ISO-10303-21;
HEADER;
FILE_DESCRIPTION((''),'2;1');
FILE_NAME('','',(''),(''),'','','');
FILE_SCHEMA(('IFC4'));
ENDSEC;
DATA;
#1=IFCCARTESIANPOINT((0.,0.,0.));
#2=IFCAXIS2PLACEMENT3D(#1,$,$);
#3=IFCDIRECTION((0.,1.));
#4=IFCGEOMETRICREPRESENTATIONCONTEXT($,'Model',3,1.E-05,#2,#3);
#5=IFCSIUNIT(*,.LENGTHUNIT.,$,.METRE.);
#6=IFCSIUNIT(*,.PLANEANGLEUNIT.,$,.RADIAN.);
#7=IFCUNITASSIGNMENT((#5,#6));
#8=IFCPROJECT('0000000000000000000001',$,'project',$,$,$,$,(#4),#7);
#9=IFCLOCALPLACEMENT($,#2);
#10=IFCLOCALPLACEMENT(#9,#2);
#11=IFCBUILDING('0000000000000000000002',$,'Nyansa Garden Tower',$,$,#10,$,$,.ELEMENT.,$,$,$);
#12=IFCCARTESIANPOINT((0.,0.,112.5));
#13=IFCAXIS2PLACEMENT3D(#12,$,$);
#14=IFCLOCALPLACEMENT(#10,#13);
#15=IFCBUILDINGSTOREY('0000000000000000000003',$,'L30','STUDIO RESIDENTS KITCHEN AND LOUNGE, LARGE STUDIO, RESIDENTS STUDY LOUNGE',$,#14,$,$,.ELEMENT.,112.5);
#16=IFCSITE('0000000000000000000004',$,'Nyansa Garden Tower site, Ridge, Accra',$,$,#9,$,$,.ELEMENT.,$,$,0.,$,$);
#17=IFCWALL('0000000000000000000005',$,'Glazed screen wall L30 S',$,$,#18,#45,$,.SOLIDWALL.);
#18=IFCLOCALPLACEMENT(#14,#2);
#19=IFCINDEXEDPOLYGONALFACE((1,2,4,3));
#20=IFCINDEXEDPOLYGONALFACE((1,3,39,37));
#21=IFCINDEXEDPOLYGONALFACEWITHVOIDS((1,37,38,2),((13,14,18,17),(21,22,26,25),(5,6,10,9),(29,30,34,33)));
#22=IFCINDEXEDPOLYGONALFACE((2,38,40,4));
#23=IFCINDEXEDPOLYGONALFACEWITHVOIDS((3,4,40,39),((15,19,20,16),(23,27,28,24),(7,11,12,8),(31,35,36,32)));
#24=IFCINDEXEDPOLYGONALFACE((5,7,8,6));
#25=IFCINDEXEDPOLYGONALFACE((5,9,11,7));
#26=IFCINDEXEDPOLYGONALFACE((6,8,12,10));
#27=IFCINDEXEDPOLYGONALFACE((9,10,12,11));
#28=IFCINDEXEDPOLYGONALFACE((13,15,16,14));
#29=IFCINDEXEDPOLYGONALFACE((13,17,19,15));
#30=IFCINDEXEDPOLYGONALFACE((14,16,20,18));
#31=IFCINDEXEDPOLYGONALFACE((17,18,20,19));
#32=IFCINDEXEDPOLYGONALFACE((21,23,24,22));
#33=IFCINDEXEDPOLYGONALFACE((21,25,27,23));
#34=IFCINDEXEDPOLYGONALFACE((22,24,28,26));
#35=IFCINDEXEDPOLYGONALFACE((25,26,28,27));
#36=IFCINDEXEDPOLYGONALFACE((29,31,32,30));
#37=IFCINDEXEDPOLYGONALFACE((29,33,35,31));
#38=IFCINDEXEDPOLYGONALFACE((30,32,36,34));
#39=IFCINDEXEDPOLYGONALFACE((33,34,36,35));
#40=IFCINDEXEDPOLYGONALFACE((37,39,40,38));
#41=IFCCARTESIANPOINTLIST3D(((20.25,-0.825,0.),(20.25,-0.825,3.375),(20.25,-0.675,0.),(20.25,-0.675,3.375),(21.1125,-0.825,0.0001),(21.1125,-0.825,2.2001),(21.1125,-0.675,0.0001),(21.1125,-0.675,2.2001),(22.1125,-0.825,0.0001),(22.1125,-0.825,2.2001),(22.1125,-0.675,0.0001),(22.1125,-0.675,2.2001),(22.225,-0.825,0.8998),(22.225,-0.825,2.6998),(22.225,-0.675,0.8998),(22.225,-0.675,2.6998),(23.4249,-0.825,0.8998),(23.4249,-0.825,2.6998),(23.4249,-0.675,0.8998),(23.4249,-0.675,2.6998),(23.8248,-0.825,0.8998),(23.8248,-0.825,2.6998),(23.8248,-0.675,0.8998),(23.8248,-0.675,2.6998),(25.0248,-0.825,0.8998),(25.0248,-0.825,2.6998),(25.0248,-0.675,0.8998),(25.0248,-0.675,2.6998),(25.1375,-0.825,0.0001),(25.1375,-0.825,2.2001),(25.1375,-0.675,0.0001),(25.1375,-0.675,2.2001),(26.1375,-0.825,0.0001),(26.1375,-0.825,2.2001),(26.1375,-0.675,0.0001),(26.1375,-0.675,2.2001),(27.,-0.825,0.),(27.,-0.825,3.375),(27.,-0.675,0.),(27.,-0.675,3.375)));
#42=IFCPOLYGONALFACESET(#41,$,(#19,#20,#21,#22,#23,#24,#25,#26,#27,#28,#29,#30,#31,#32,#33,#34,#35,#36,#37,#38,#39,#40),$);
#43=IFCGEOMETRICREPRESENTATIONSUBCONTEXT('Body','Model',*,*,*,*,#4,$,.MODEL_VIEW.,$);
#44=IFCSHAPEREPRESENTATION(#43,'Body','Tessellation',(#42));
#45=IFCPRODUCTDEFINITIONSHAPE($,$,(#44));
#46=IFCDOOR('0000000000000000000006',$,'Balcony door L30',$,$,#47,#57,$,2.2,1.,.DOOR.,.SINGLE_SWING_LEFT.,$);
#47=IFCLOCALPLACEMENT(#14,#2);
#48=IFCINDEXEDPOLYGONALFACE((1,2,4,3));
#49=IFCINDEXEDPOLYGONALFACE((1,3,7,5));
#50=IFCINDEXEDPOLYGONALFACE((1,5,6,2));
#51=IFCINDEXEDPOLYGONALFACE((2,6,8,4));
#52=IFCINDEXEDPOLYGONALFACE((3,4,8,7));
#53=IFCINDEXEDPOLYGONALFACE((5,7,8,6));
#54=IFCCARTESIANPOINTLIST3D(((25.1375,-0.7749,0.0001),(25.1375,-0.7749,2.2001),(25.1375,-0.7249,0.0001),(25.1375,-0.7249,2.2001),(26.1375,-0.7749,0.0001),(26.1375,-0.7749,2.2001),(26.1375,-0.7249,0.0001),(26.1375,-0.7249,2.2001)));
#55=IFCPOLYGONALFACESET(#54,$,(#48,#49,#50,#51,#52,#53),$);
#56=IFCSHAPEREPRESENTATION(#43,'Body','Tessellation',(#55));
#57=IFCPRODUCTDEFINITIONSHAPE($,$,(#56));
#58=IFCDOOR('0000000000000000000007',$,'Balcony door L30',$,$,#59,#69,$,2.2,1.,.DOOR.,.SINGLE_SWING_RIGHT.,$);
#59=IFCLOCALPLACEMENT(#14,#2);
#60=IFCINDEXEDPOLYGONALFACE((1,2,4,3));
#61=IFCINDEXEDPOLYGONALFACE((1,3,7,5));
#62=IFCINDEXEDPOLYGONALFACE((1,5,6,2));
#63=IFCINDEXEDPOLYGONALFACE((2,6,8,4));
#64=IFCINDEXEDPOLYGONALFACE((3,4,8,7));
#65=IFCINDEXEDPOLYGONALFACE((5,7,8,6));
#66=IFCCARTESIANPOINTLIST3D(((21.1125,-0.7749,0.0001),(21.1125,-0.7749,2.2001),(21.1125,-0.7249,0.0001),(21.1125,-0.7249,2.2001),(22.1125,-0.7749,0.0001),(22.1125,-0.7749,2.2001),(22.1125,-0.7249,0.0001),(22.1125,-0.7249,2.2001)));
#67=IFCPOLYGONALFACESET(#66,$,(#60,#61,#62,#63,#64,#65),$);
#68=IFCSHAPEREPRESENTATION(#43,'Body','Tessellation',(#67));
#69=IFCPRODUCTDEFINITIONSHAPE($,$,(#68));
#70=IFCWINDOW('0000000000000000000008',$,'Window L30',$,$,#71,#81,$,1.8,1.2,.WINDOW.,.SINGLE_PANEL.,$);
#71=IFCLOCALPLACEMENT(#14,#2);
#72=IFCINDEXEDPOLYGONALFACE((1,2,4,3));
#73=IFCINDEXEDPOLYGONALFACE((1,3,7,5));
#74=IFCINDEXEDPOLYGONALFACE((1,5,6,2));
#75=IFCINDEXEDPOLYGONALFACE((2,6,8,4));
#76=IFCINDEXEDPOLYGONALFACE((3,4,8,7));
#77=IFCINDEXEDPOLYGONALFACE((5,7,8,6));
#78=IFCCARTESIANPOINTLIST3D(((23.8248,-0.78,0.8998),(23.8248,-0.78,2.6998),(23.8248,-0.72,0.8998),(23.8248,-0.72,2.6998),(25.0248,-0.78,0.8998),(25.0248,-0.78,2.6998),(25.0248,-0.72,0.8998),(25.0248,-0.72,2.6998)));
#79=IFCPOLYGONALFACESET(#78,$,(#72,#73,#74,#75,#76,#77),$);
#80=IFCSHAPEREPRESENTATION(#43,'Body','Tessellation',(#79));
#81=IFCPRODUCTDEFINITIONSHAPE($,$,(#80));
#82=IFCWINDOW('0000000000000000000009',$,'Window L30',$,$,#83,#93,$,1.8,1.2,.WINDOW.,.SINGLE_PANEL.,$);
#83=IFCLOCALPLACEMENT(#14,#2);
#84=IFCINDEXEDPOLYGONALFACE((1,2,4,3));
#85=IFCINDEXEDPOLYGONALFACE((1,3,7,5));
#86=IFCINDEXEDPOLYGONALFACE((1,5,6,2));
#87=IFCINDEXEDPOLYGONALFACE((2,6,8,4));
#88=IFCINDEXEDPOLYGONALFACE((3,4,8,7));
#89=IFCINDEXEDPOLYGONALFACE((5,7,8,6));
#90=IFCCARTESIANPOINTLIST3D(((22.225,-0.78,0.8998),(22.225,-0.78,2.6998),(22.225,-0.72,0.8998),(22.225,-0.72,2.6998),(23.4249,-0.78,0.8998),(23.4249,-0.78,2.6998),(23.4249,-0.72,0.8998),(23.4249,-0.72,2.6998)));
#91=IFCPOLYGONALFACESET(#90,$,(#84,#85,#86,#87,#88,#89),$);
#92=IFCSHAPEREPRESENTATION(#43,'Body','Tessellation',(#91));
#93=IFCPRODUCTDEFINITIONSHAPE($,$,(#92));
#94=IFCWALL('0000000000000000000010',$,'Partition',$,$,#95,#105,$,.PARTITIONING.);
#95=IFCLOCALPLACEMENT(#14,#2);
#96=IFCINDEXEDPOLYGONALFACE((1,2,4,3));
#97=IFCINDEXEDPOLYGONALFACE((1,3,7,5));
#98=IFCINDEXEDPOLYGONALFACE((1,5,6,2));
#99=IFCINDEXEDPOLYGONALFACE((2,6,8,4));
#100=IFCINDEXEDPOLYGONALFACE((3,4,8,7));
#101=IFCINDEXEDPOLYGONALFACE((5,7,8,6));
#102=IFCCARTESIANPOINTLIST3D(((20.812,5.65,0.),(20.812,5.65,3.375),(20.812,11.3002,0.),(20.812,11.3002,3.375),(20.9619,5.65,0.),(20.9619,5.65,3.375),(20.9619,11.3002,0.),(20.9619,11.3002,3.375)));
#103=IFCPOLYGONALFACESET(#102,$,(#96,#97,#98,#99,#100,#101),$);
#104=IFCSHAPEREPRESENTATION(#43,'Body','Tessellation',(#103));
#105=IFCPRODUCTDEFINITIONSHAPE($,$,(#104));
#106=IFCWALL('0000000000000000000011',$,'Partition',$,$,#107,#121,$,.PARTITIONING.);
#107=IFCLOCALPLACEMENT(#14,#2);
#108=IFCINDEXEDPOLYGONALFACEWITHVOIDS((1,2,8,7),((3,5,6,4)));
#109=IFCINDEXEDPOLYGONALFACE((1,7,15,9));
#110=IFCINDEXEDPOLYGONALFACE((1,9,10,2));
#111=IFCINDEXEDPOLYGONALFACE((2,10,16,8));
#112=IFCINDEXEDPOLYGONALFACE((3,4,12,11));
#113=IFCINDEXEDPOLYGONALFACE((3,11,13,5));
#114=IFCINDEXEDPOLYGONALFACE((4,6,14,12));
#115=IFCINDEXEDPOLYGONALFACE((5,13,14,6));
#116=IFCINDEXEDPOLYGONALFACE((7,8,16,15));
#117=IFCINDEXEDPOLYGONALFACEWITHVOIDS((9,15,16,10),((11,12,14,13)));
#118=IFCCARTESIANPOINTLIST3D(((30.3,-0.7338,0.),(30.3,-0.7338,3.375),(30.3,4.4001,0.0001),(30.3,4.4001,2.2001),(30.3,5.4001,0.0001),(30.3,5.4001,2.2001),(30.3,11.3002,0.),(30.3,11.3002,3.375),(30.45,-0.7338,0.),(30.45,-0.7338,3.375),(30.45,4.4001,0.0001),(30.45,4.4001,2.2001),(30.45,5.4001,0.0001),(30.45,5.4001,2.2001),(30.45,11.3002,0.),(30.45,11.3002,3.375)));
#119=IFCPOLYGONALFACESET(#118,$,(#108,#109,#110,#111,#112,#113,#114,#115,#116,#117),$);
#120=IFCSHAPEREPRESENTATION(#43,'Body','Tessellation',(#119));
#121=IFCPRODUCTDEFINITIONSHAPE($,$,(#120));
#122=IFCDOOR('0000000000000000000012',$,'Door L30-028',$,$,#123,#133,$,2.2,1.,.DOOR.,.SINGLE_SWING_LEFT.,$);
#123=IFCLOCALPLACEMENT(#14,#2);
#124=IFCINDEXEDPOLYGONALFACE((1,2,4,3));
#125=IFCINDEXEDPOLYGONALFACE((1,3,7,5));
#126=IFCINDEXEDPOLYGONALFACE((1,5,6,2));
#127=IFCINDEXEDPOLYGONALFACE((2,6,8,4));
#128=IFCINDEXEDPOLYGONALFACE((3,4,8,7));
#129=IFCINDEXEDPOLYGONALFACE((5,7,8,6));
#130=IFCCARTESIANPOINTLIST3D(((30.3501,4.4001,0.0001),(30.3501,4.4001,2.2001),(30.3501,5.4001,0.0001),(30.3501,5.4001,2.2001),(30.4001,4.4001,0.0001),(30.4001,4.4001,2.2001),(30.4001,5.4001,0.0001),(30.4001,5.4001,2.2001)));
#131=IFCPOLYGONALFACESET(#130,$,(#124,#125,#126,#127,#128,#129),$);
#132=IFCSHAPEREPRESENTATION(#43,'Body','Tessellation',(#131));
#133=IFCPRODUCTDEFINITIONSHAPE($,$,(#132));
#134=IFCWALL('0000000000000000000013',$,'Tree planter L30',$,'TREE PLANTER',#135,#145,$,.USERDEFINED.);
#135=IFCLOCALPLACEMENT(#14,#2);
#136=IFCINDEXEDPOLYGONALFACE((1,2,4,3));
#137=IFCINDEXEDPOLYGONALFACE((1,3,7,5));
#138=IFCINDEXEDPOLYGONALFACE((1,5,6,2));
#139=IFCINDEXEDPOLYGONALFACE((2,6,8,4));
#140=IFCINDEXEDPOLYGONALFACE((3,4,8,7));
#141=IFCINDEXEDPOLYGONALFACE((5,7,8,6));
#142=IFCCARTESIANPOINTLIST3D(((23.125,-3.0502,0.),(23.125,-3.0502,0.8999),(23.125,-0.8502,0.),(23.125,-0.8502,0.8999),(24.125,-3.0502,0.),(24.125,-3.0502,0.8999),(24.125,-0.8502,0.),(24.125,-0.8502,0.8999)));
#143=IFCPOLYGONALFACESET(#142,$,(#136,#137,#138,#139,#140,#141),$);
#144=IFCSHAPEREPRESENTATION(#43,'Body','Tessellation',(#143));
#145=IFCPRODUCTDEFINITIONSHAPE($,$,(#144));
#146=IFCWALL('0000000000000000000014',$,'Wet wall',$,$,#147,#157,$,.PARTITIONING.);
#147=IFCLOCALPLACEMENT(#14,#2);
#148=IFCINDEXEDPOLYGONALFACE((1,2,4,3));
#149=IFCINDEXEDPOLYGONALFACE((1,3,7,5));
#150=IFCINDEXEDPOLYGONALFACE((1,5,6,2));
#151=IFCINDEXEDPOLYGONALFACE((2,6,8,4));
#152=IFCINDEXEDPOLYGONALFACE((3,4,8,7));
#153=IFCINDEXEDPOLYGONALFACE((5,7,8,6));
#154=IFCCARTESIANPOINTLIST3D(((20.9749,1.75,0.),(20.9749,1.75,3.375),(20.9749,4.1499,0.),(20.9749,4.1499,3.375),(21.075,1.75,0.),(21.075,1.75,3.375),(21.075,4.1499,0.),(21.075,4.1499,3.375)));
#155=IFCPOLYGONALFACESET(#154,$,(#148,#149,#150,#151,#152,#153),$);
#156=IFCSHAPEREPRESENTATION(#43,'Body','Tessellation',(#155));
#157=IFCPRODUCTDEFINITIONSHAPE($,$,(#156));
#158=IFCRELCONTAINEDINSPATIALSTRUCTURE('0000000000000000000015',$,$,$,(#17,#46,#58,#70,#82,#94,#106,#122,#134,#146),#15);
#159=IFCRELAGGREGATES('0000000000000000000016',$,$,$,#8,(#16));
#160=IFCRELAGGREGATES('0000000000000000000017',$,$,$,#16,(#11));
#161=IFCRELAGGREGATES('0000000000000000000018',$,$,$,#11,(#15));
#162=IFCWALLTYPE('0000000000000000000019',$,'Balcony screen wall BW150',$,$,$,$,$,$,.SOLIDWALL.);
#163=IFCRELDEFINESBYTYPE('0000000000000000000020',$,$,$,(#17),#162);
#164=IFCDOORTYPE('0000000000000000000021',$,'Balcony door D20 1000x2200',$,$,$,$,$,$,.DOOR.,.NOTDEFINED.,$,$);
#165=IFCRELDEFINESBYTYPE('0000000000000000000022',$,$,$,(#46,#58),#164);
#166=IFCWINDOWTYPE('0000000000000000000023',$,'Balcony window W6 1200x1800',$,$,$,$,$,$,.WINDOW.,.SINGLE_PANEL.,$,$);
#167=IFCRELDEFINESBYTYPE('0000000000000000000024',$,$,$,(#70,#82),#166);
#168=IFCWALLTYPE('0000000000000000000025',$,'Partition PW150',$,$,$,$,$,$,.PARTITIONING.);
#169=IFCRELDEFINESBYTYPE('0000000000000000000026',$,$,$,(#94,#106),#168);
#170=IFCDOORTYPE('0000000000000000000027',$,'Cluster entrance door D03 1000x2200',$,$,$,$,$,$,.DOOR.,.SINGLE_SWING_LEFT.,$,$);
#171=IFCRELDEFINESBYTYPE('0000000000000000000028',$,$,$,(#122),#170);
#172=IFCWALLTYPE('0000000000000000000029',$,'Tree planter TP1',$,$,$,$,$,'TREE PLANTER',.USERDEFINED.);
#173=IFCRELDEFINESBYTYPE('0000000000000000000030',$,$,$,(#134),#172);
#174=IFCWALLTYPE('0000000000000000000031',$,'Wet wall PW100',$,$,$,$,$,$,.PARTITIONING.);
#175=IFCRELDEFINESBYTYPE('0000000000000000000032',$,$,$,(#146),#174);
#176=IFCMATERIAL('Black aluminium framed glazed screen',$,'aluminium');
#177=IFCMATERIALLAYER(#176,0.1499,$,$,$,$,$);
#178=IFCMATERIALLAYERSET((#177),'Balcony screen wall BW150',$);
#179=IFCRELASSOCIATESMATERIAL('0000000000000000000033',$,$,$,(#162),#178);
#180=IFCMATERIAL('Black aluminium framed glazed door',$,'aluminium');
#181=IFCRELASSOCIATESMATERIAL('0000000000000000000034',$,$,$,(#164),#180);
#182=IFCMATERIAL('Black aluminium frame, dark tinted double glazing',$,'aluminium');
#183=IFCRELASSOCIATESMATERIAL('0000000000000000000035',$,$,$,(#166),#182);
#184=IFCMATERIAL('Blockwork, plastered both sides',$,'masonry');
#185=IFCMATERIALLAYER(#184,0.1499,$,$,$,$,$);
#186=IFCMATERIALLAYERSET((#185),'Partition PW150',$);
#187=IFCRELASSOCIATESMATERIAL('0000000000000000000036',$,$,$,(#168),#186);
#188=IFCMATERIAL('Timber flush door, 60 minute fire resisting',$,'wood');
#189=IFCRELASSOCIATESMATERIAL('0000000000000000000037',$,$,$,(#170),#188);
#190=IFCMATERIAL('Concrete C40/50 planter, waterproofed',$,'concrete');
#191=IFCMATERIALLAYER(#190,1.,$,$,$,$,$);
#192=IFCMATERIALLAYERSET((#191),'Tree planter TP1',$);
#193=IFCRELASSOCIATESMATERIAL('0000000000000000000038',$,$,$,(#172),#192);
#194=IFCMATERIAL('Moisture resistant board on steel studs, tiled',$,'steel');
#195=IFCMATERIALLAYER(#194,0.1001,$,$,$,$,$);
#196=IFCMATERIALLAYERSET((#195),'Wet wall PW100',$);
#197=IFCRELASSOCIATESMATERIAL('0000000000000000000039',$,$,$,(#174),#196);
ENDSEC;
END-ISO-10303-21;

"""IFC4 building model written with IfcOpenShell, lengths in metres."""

from ifc_helpers import new_model, si_unit, direction, frame, frame_2d, origin, place, context, subcontext, project, spatial, rectangle, extrude, material, layer, layer_set, type_object, element, fill, save


model = new_model("IFC4")

# Units and contexts
model_context = context("Model", 3, precision=1e-05, world=origin(), true_north=direction((0.0, 1.0)))
body_context = subcontext(model_context, "Body", "Model", "MODEL_VIEW")
ifc_project = project(units=[si_unit("LENGTHUNIT", "METRE"), si_unit("PLANEANGLEUNIT", "RADIAN")], contexts=[model_context])

# Site, building, storey
site_placement = place(None, origin())
site = spatial("IfcSite", under=ifc_project, at=site_placement, Name="Nyansa Garden Tower site, Ridge, Accra", CompositionType="ELEMENT", RefElevation=0.0)
building_placement = place(site_placement, origin())
building = spatial("IfcBuilding", under=site, at=building_placement, Name="Nyansa Garden Tower", CompositionType="ELEMENT")
storey_placement = place(building_placement, frame((0.0, 0.0, 112.5)))
storey = spatial("IfcBuildingStorey", under=building, at=storey_placement, Name="L30", Description="STUDIO RESIDENTS KITCHEN AND LOUNGE, LARGE STUDIO, RESIDENTS STUDY LOUNGE", CompositionType="ELEMENT", Elevation=112.5)

# Wall, openings, doors, windows
ifc_material_1 = material(Name="Black aluminium framed glazed screen", Category="aluminium")
ifc_layer_1 = layer(ifc_material_1, 0.1499)
ifc_layer_set_1 = layer_set([ifc_layer_1], Name="Balcony screen wall BW150")
wall_type_1 = type_object("IfcWallType", Name="Balcony screen wall BW150", PredefinedType="SOLIDWALL", material=ifc_layer_set_1)
wall_1_placement = place(storey_placement, frame((27.0, -0.75, 0.0), z_axis=(0.0, 0.0, 1.0), x_axis=(-1.0, 0.0, 0.0)))
wall_1 = element("IfcWall", 1, at=wall_1_placement, inside=storey, type_object=wall_type_1, Name="Glazed screen wall L30 S", PredefinedType="SOLIDWALL", context=body_context, shape_type="SweptSolid", body=[
    extrude(rectangle(XDim=6.75, YDim=0.1499, at=frame_2d((3.375, 0.0))), origin(), (0.0, 0.0, 1.0), 3.375),
])
opening_1_placement = place(wall_1_placement, frame((0.8625, 0.0, 0.0)))
opening_1 = element("IfcOpeningElement", 2, at=opening_1_placement, cuts=wall_1, PredefinedType="OPENING", context=body_context, shape_type="SweptSolid", body=[
    extrude(rectangle(XDim=1.0, YDim=2.2, at=frame_2d((0.5, 1.1001))), frame((0.0, 0.085, 0.0), z_axis=(0.0, -1.0, 0.0), x_axis=(1.0, 0.0, 0.0)), (0.0, 0.0, 1.0), 0.1699),
])
opening_2_placement = place(wall_1_placement, frame((1.9751, 0.0, 0.8999)))
opening_2 = element("IfcOpeningElement", 3, at=opening_2_placement, cuts=wall_1, PredefinedType="OPENING", context=body_context, shape_type="SweptSolid", body=[
    extrude(rectangle(XDim=1.2, YDim=1.8, at=frame_2d((0.6001, 0.8999))), frame((0.0, 0.085, 0.0), z_axis=(0.0, -1.0, 0.0), x_axis=(1.0, 0.0, 0.0)), (0.0, 0.0, 1.0), 0.1699),
])
opening_3_placement = place(wall_1_placement, frame((4.8875, 0.0, 0.0)))
opening_3 = element("IfcOpeningElement", 4, at=opening_3_placement, cuts=wall_1, PredefinedType="OPENING", context=body_context, shape_type="SweptSolid", body=[
    extrude(rectangle(XDim=1.0, YDim=2.2, at=frame_2d((0.5, 1.1001))), frame((0.0, 0.085, 0.0), z_axis=(0.0, -1.0, 0.0), x_axis=(1.0, 0.0, 0.0)), (0.0, 0.0, 1.0), 0.1699),
])
opening_4_placement = place(wall_1_placement, frame((3.575, 0.0, 0.8999)))
opening_4 = element("IfcOpeningElement", 5, at=opening_4_placement, cuts=wall_1, PredefinedType="OPENING", context=body_context, shape_type="SweptSolid", body=[
    extrude(rectangle(XDim=1.2, YDim=1.8, at=frame_2d((0.6001, 0.8999))), frame((0.0, 0.085, 0.0), z_axis=(0.0, -1.0, 0.0), x_axis=(1.0, 0.0, 0.0)), (0.0, 0.0, 1.0), 0.1699),
])
ifc_material_2 = material(Name="Black aluminium framed glazed door", Category="aluminium")
door_type_1 = type_object("IfcDoorType", Name="Balcony door D20 1000x2200", OperationType="NOTDEFINED", PredefinedType="DOOR", material=ifc_material_2)
door_1_placement = place(opening_1_placement, origin())
door_1 = element("IfcDoor", 6, at=door_1_placement, inside=storey, type_object=door_type_1, Name="Balcony door L30", OperationType="SINGLE_SWING_LEFT", OverallHeight=2.2, OverallWidth=1.0, PredefinedType="DOOR", context=body_context, shape_type="SweptSolid", body=[
    extrude(rectangle(XDim=1.0, YDim=2.2, at=frame_2d((0.5, 1.1001))), frame((0.0, 0.0249, 0.0), z_axis=(0.0, -1.0, 0.0), x_axis=(1.0, 0.0, 0.0)), (0.0, 0.0, 1.0), 0.05),
])
fill(opening_1, door_1)
door_2_placement = place(opening_3_placement, origin())
door_2 = element("IfcDoor", 7, at=door_2_placement, inside=storey, type_object=door_type_1, Name="Balcony door L30", OperationType="SINGLE_SWING_RIGHT", OverallHeight=2.2, OverallWidth=1.0, PredefinedType="DOOR", context=body_context, shape_type="SweptSolid", body=[
    extrude(rectangle(XDim=1.0, YDim=2.2, at=frame_2d((0.5, 1.1001))), frame((0.0, 0.0249, 0.0), z_axis=(0.0, -1.0, 0.0), x_axis=(1.0, 0.0, 0.0)), (0.0, 0.0, 1.0), 0.05),
])
fill(opening_3, door_2)
ifc_material_3 = material(Name="Black aluminium frame, dark tinted double glazing", Category="aluminium")
window_type = type_object("IfcWindowType", Name="Balcony window W6 1200x1800", PartitioningType="SINGLE_PANEL", PredefinedType="WINDOW", material=ifc_material_3)
window_1_placement = place(opening_2_placement, origin())
window_1 = element("IfcWindow", 8, at=window_1_placement, inside=storey, type_object=window_type, Name="Window L30", OverallHeight=1.8, OverallWidth=1.2, PartitioningType="SINGLE_PANEL", PredefinedType="WINDOW", context=body_context, shape_type="SweptSolid", body=[
    extrude(rectangle(XDim=1.2, YDim=1.8, at=frame_2d((0.6001, 0.8999))), frame((0.0, 0.03, 0.0), z_axis=(0.0, -1.0, 0.0), x_axis=(1.0, 0.0, 0.0)), (0.0, 0.0, 1.0), 0.0601),
])
fill(opening_2, window_1)
window_2_placement = place(opening_4_placement, origin())
window_2 = element("IfcWindow", 9, at=window_2_placement, inside=storey, type_object=window_type, Name="Window L30", OverallHeight=1.8, OverallWidth=1.2, PartitioningType="SINGLE_PANEL", PredefinedType="WINDOW", context=body_context, shape_type="SweptSolid", body=[
    extrude(rectangle(XDim=1.2, YDim=1.8, at=frame_2d((0.6001, 0.8999))), frame((0.0, 0.03, 0.0), z_axis=(0.0, -1.0, 0.0), x_axis=(1.0, 0.0, 0.0)), (0.0, 0.0, 1.0), 0.0601),
])
fill(opening_4, window_2)

# Wall
ifc_material_4 = material(Name="Blockwork, plastered both sides", Category="masonry")
ifc_layer_2 = layer(ifc_material_4, 0.1499)
ifc_layer_set_2 = layer_set([ifc_layer_2], Name="Partition PW150")
wall_type_2 = type_object("IfcWallType", Name="Partition PW150", PredefinedType="PARTITIONING", material=ifc_layer_set_2)
wall_2_placement = place(storey_placement, frame((20.887, 5.6499, 0.0), z_axis=(0.0, 0.0, 1.0), x_axis=(0.0, 1.0, 0.0)))
element("IfcWall", 10, at=wall_2_placement, inside=storey, type_object=wall_type_2, Name="Partition", PredefinedType="PARTITIONING", context=body_context, shape_type="SweptSolid", body=[
    extrude(rectangle(XDim=5.6501, YDim=0.1499, at=frame_2d((2.8252, 0.0))), origin(), (0.0, 0.0, 1.0), 3.375),
])

# Wall, opening, door
wall_3_placement = place(storey_placement, frame((30.375, -0.7339, 0.0), z_axis=(0.0, 0.0, 1.0), x_axis=(0.0, 1.0, 0.0)))
wall_3 = element("IfcWall", 11, at=wall_3_placement, inside=storey, type_object=wall_type_2, Name="Partition", PredefinedType="PARTITIONING", context=body_context, shape_type="SweptSolid", body=[
    extrude(rectangle(XDim=12.0339, YDim=0.1499, at=frame_2d((6.0171, 0.0))), origin(), (0.0, 0.0, 1.0), 3.375),
])
opening_5_placement = place(wall_3_placement, frame((5.134, 0.0, 0.0)))
opening_5 = element("IfcOpeningElement", 12, at=opening_5_placement, cuts=wall_3, PredefinedType="OPENING", context=body_context, shape_type="SweptSolid", body=[
    extrude(rectangle(XDim=1.0, YDim=2.2, at=frame_2d((0.5, 1.1001))), frame((0.0, 0.085, 0.0), z_axis=(0.0, -1.0, 0.0), x_axis=(1.0, 0.0, 0.0)), (0.0, 0.0, 1.0), 0.1699),
])
ifc_material_5 = material(Name="Timber flush door, 60 minute fire resisting", Category="wood")
door_type_2 = type_object("IfcDoorType", Name="Cluster entrance door D03 1000x2200", OperationType="SINGLE_SWING_LEFT", PredefinedType="DOOR", material=ifc_material_5)
door_3_placement = place(opening_5_placement, origin())
door_3 = element("IfcDoor", 13, at=door_3_placement, inside=storey, type_object=door_type_2, Name="Door L30-028", OperationType="SINGLE_SWING_LEFT", OverallHeight=2.2, OverallWidth=1.0, PredefinedType="DOOR", context=body_context, shape_type="SweptSolid", body=[
    extrude(rectangle(XDim=1.0, YDim=2.2, at=frame_2d((0.5, 1.1001))), frame((0.0, 0.0249, 0.0), z_axis=(0.0, -1.0, 0.0), x_axis=(1.0, 0.0, 0.0)), (0.0, 0.0, 1.0), 0.05),
])
fill(opening_5, door_3)

# Walls
ifc_material_6 = material(Name="Concrete C40/50 planter, waterproofed", Category="concrete")
ifc_layer_3 = layer(ifc_material_6, 1.0)
ifc_layer_set_3 = layer_set([ifc_layer_3], Name="Tree planter TP1")
wall_type_3 = type_object("IfcWallType", Name="Tree planter TP1", ElementType="TREE PLANTER", PredefinedType="USERDEFINED", material=ifc_layer_set_3)
wall_4_placement = place(storey_placement, frame((23.625, -0.8501, 0.0), z_axis=(0.0, 0.0, 1.0), x_axis=(0.0, -1.0, 0.0)))
element("IfcWall", 14, at=wall_4_placement, inside=storey, type_object=wall_type_3, Name="Tree planter L30", ObjectType="TREE PLANTER", PredefinedType="USERDEFINED", context=body_context, shape_type="SweptSolid", body=[
    extrude(rectangle(XDim=2.2, YDim=1.0, at=frame_2d((1.1001, 0.0))), origin(), (0.0, 0.0, 1.0), 0.8999),
])
ifc_material_7 = material(Name="Moisture resistant board on steel studs, tiled", Category="steel")
ifc_layer_4 = layer(ifc_material_7, 0.1001)
ifc_layer_set_4 = layer_set([ifc_layer_4], Name="Wet wall PW100")
wall_type_4 = type_object("IfcWallType", Name="Wet wall PW100", PredefinedType="PARTITIONING", material=ifc_layer_set_4)
wall_5_placement = place(storey_placement, frame((21.0249, 1.75, 0.0), z_axis=(0.0, 0.0, 1.0), x_axis=(0.0, 1.0, 0.0)))
element("IfcWall", 15, at=wall_5_placement, inside=storey, type_object=wall_type_4, Name="Wet wall", PredefinedType="PARTITIONING", context=body_context, shape_type="SweptSolid", body=[
    extrude(rectangle(XDim=2.3999, YDim=0.1001, at=frame_2d((1.2, 0.0))), origin(), (0.0, 0.0, 1.0), 3.375),
])

save(model, "model.ifc")
